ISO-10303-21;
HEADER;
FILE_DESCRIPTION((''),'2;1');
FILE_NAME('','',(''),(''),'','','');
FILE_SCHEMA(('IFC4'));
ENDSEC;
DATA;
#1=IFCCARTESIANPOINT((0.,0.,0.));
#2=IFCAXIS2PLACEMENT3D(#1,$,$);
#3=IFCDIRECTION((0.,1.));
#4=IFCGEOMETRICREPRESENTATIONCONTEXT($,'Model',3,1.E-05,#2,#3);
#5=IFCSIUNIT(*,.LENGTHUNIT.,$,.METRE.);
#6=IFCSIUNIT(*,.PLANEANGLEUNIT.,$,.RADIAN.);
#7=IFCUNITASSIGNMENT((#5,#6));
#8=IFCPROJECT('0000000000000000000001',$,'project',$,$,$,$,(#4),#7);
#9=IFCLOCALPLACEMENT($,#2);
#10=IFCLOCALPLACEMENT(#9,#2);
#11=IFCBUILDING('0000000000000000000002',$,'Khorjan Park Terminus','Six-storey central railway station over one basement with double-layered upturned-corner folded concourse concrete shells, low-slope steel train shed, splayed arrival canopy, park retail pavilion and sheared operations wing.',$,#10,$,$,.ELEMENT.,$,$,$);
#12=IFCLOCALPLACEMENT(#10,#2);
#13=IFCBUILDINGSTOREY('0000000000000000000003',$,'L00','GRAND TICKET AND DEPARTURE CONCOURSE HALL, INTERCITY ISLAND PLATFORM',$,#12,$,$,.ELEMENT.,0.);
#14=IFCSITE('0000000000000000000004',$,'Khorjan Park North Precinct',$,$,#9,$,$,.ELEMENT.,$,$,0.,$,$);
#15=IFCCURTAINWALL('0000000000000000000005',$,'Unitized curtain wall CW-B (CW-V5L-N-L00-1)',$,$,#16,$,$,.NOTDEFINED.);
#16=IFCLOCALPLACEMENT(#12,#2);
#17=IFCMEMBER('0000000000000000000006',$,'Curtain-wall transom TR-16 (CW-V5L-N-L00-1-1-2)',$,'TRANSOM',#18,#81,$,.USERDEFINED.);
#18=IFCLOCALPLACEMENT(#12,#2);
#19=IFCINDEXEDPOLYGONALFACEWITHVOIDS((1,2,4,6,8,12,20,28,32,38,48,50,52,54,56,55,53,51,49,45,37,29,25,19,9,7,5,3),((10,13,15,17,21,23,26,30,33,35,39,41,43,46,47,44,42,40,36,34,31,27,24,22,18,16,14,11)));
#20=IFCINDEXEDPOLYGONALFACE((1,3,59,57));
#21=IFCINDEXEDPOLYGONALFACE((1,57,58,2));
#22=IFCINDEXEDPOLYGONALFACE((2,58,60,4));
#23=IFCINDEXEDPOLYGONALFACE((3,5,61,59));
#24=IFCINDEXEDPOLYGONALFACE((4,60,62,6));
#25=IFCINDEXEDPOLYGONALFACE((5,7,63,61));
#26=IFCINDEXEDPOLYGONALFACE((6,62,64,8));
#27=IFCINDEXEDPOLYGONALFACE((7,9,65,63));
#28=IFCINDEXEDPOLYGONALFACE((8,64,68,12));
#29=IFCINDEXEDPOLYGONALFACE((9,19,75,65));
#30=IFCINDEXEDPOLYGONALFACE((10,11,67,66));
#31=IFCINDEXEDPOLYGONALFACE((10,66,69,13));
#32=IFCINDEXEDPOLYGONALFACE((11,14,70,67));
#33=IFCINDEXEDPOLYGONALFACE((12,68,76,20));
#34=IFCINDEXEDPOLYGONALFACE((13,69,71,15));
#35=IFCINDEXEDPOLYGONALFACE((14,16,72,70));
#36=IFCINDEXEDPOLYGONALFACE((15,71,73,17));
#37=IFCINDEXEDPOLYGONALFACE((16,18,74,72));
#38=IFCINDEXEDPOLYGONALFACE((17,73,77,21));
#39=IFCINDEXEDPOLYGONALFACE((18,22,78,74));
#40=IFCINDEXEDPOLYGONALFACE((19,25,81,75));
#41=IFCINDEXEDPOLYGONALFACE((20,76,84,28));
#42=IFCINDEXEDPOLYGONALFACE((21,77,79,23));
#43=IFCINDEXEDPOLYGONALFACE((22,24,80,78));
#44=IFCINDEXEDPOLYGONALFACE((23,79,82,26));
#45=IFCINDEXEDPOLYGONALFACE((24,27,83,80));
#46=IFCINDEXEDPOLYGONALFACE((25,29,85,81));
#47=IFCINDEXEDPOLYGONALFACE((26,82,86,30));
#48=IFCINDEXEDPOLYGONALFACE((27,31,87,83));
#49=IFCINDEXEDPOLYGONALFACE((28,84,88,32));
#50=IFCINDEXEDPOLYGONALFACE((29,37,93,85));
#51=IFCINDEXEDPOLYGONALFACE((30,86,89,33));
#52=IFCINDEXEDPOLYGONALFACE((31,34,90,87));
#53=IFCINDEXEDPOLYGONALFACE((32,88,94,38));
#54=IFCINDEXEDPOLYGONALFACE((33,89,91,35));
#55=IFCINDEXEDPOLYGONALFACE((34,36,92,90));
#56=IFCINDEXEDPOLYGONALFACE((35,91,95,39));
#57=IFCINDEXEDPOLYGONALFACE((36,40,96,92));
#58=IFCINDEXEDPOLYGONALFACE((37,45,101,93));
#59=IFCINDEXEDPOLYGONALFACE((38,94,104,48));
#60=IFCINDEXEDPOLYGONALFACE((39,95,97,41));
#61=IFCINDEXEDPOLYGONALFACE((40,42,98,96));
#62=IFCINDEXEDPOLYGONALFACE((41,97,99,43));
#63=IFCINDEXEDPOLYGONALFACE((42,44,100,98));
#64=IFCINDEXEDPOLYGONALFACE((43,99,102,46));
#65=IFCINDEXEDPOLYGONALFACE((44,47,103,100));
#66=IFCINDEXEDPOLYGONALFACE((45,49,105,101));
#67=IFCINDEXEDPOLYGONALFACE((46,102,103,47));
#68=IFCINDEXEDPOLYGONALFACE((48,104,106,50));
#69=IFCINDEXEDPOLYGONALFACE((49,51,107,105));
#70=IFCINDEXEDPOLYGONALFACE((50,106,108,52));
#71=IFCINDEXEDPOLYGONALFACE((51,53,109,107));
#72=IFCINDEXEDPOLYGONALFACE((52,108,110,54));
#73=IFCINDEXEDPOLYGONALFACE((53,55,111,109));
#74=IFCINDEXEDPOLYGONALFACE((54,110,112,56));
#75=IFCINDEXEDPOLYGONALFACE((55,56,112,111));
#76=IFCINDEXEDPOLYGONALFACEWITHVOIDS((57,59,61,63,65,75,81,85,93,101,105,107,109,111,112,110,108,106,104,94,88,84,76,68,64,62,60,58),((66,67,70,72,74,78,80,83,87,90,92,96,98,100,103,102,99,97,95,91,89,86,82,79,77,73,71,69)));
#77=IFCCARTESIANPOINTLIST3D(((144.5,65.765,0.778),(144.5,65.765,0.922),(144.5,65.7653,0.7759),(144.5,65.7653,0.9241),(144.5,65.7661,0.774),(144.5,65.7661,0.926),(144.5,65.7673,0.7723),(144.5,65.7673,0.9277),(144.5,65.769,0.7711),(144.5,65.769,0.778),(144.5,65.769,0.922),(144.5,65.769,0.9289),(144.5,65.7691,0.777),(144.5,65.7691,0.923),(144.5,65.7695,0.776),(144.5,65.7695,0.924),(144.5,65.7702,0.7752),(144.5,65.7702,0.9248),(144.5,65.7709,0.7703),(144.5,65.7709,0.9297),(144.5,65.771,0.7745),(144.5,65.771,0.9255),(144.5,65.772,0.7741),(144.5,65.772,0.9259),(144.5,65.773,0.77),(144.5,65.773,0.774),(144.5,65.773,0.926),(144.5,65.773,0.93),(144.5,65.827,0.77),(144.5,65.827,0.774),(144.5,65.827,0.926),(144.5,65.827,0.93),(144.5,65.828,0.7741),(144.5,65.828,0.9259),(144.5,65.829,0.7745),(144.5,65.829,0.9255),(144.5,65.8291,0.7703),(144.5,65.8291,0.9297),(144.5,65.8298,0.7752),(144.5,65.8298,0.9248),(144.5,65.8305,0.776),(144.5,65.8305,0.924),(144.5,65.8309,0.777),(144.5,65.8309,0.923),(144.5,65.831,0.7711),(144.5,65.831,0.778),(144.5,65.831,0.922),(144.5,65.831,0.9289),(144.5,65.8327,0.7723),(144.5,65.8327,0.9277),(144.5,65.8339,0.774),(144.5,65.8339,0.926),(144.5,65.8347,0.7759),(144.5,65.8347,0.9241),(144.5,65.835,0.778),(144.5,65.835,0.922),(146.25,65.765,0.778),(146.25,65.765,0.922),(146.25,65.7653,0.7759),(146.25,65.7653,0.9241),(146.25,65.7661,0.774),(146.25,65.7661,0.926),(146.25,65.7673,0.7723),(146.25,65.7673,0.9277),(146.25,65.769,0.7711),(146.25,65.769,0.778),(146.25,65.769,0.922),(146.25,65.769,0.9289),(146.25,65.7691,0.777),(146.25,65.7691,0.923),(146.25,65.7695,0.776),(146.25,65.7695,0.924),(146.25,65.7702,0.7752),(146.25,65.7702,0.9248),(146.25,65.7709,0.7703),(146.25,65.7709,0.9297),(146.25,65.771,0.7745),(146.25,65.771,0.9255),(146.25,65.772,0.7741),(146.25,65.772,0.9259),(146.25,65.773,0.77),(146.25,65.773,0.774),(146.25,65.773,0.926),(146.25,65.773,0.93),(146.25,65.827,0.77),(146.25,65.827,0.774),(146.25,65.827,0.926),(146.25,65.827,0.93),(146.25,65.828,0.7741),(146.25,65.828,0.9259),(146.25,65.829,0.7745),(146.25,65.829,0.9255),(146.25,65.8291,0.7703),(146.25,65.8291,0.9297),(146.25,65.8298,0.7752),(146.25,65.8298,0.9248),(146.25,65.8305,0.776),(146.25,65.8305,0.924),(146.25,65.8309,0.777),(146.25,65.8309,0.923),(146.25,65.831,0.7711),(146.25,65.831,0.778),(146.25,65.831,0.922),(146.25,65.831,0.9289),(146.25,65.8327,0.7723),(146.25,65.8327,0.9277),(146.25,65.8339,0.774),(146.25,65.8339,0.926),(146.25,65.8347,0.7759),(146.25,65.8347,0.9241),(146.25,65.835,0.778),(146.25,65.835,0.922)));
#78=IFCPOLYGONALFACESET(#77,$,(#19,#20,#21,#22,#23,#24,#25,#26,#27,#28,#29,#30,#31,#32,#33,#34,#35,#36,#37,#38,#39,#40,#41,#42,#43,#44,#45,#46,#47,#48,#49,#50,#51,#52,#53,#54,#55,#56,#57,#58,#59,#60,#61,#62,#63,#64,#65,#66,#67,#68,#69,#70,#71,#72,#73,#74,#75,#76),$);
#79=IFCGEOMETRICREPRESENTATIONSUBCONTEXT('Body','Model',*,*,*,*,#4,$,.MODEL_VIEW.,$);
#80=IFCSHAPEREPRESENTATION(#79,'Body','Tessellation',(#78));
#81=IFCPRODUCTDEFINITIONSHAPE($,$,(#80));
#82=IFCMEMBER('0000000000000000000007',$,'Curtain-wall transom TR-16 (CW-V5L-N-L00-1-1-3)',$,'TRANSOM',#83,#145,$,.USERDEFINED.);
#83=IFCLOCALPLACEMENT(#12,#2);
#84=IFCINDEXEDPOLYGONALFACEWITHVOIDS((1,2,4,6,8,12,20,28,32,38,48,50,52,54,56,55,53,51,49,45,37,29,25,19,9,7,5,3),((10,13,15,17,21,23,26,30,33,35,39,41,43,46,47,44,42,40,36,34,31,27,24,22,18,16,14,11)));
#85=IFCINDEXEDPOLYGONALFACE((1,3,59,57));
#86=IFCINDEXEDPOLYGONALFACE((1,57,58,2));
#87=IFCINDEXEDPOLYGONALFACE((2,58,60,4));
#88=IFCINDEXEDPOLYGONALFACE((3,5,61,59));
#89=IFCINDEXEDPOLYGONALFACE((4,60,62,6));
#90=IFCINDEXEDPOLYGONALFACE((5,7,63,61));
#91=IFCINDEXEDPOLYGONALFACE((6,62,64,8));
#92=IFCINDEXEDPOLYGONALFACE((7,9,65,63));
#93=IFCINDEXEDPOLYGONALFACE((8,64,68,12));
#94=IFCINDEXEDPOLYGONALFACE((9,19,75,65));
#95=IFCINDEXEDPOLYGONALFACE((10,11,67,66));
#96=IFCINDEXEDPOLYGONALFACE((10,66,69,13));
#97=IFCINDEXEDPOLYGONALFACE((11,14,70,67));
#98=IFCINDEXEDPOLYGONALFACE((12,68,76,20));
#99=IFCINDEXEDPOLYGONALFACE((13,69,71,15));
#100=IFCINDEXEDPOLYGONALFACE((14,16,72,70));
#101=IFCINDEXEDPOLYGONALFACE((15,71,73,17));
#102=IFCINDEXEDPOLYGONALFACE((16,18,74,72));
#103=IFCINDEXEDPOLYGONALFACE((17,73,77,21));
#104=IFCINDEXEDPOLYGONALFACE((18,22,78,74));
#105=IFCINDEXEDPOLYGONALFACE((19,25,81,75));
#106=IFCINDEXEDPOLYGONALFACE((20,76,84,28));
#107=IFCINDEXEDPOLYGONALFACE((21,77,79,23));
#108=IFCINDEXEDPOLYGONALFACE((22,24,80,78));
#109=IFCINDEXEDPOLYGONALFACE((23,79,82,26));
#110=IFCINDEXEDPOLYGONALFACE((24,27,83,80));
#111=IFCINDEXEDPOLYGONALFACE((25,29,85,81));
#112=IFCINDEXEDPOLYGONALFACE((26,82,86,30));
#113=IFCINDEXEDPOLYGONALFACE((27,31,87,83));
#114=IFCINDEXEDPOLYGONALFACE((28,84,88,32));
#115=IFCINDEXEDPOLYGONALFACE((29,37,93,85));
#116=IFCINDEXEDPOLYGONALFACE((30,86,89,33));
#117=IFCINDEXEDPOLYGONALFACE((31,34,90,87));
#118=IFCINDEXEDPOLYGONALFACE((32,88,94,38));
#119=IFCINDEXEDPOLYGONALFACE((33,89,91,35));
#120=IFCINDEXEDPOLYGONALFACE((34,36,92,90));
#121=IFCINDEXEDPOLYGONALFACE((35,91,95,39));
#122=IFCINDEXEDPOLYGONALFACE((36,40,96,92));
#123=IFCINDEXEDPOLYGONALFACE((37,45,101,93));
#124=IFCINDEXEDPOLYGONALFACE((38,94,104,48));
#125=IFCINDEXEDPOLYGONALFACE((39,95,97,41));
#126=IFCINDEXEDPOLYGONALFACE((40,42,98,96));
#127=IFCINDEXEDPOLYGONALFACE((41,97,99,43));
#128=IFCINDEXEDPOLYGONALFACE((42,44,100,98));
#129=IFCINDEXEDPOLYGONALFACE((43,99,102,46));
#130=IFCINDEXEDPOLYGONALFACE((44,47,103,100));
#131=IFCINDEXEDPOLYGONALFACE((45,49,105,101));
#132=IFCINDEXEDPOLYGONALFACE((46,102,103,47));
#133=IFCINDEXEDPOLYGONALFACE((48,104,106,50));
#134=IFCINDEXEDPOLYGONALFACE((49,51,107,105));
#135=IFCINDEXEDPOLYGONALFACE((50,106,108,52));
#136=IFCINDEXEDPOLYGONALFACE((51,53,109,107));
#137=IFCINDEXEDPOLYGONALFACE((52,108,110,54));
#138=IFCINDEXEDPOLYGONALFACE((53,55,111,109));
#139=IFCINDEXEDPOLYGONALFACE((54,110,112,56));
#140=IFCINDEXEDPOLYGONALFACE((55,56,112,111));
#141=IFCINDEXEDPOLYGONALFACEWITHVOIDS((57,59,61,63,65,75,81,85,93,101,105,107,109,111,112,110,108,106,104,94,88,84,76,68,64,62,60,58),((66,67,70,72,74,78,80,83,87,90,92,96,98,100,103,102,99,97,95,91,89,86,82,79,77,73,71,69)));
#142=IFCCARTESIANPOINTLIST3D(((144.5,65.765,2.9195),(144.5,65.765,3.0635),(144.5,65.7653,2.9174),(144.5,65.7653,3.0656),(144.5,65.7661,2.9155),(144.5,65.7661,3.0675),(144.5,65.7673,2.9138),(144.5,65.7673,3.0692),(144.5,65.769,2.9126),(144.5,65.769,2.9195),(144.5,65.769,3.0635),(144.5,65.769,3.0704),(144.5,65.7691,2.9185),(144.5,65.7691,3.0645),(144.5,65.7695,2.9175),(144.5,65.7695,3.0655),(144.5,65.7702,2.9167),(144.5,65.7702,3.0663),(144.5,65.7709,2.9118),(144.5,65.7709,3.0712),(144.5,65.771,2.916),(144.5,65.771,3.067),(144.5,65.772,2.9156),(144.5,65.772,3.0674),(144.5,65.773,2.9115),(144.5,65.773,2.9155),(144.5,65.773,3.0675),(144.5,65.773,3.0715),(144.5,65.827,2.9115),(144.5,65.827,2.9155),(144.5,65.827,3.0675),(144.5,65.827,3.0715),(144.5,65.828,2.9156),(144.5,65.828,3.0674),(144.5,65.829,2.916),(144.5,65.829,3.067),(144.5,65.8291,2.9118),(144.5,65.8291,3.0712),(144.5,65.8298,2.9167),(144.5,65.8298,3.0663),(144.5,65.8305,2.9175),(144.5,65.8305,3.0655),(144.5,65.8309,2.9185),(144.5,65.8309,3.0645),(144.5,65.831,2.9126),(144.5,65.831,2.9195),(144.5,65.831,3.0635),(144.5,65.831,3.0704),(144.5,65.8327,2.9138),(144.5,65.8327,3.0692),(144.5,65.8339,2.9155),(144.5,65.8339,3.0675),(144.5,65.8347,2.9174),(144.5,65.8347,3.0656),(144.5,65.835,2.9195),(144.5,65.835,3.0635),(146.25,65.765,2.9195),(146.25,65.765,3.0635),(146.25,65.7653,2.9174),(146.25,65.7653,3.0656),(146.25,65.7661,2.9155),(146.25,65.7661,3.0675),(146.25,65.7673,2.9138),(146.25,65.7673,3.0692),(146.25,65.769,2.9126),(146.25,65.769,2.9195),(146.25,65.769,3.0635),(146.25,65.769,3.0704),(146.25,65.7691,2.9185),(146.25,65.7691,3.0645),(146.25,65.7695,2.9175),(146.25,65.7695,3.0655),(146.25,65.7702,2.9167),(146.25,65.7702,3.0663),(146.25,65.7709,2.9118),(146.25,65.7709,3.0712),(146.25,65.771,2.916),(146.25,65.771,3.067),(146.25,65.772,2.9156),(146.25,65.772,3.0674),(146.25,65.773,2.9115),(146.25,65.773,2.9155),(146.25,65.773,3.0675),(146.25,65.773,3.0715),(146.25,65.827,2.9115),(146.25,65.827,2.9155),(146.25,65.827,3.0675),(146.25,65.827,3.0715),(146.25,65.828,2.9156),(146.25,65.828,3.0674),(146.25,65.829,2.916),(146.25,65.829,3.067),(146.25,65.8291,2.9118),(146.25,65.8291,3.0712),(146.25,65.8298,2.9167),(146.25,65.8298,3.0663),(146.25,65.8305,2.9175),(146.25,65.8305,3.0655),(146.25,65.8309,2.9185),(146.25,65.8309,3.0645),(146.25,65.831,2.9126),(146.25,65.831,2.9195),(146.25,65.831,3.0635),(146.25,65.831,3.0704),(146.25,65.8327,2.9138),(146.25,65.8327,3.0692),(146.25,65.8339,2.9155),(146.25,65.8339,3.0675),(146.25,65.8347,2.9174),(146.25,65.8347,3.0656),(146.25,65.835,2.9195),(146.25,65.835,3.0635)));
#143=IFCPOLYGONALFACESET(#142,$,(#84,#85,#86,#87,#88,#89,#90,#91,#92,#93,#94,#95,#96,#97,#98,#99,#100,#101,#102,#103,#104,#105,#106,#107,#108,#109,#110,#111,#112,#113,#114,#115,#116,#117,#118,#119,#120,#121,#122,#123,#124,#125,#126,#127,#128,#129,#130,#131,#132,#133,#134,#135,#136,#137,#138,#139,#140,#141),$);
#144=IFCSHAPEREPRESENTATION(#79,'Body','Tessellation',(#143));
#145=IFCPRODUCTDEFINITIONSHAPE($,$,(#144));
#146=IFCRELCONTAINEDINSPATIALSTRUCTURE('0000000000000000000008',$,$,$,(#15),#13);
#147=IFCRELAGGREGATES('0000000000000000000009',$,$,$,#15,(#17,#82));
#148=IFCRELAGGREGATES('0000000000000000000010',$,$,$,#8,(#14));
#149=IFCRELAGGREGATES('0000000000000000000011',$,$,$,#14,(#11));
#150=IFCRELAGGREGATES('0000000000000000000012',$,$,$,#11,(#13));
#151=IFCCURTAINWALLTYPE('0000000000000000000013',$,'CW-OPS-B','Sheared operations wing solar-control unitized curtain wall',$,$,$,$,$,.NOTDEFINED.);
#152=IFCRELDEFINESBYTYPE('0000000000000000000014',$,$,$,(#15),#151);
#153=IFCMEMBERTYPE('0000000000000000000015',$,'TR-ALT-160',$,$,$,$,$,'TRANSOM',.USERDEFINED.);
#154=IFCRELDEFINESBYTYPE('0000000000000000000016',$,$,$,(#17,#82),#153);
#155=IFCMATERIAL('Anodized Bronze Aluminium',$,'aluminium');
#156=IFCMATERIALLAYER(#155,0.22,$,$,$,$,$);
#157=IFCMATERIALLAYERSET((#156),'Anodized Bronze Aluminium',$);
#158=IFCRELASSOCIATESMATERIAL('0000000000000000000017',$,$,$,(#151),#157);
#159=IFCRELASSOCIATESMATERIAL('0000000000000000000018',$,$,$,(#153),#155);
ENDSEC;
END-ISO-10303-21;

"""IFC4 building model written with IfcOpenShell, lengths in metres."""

from ifc_helpers import new_model, si_unit, direction, frame, origin, origin_2d, place, context, subcontext, project, spatial, hollow_rectangle, extrude, material, layer, layer_set, material_profile, profile_set, type_object, element, aggregate, save


model = new_model("IFC4")

# Units and contexts
model_context = context("Model", 3, precision=1e-05, world=origin(), true_north=direction((0.0, 1.0)))
body_context = subcontext(model_context, "Body", "Model", "MODEL_VIEW")
ifc_project = project(units=[si_unit("LENGTHUNIT", "METRE"), si_unit("PLANEANGLEUNIT", "RADIAN")], contexts=[model_context])

# Site, building, storey
site_placement = place(None, origin())
site = spatial("IfcSite", under=ifc_project, at=site_placement, Name="Khorjan Park North Precinct", CompositionType="ELEMENT", RefElevation=0.0)
building_placement = place(site_placement, origin())
building = spatial("IfcBuilding", under=site, at=building_placement, Name="Khorjan Park Terminus", Description="Six-storey central railway station over one basement with double-layered upturned-corner folded concourse concrete shells, low-slope steel train shed, splayed arrival canopy, park retail pavilion and sheared operations wing.", CompositionType="ELEMENT")
storey_placement = place(building_placement, origin())
storey = spatial("IfcBuildingStorey", under=building, at=storey_placement, Name="L00", Description="GRAND TICKET AND DEPARTURE CONCOURSE HALL, INTERCITY ISLAND PLATFORM", CompositionType="ELEMENT", Elevation=0.0)

# Curtain wall, members
ifc_material_1 = material(Name="Anodized Bronze Aluminium", Category="aluminium")
ifc_layer_1 = layer(ifc_material_1, 0.22)
ifc_layer_set_1 = layer_set([ifc_layer_1], Name="Anodized Bronze Aluminium")
curtain_wall_type = type_object("IfcCurtainWallType", Name="CW-OPS-B", Description="Sheared operations wing solar-control unitized curtain wall", PredefinedType="NOTDEFINED", material=ifc_layer_set_1)
curtain_wall_placement = place(storey_placement, origin())
curtain_wall = element("IfcCurtainWall", 1, at=curtain_wall_placement, inside=storey, type_object=curtain_wall_type, Name="Unitized curtain wall CW-B (CW-V5L-N-L00-1)", PredefinedType="NOTDEFINED")
ifc_material_profile_1 = material_profile(ifc_material_1, hollow_rectangle(XDim=0.07, YDim=0.16, WallThickness=0.004, InnerFilletRadius=0.004, OuterFilletRadius=0.008, at=origin_2d()), Name="ALT 70x160x4")
ifc_profile_set_1 = profile_set([ifc_material_profile_1], Name="Anodized Bronze Aluminium")
member_type_1 = type_object("IfcMemberType", Name="TR-ALT-160", ElementType="TRANSOM", PredefinedType="USERDEFINED", material=ifc_profile_set_1)
member_1_placement = place(storey_placement, frame((146.25, 65.8, 0.85), z_axis=(-1.0, 0.0, 0.0), x_axis=(0.0, -1.0, 0.0)))
member_1 = element("IfcMember", 2, at=member_1_placement, type_object=member_type_1, Name="Curtain-wall transom TR-16 (CW-V5L-N-L00-1-1-2)", ObjectType="TRANSOM", PredefinedType="USERDEFINED", context=body_context, shape_type="SweptSolid", body=[
    extrude(hollow_rectangle(XDim=0.07, YDim=0.16, WallThickness=0.004, InnerFilletRadius=0.004, OuterFilletRadius=0.008, at=origin_2d()), origin(), (0.0, 0.0, 1.0), 1.75),
])
member_2_placement = place(storey_placement, frame((146.25, 65.8, 2.9915), z_axis=(-1.0, 0.0, 0.0), x_axis=(0.0, -1.0, 0.0)))
member_2 = element("IfcMember", 3, at=member_2_placement, type_object=member_type_1, Name="Curtain-wall transom TR-16 (CW-V5L-N-L00-1-1-3)", ObjectType="TRANSOM", PredefinedType="USERDEFINED", context=body_context, shape_type="SweptSolid", body=[
    extrude(hollow_rectangle(XDim=0.07, YDim=0.16, WallThickness=0.004, InnerFilletRadius=0.004, OuterFilletRadius=0.008, at=origin_2d()), origin(), (0.0, 0.0, 1.0), 1.75),
])
aggregate(curtain_wall, [member_1, member_2])

save(model, "model.ifc")
